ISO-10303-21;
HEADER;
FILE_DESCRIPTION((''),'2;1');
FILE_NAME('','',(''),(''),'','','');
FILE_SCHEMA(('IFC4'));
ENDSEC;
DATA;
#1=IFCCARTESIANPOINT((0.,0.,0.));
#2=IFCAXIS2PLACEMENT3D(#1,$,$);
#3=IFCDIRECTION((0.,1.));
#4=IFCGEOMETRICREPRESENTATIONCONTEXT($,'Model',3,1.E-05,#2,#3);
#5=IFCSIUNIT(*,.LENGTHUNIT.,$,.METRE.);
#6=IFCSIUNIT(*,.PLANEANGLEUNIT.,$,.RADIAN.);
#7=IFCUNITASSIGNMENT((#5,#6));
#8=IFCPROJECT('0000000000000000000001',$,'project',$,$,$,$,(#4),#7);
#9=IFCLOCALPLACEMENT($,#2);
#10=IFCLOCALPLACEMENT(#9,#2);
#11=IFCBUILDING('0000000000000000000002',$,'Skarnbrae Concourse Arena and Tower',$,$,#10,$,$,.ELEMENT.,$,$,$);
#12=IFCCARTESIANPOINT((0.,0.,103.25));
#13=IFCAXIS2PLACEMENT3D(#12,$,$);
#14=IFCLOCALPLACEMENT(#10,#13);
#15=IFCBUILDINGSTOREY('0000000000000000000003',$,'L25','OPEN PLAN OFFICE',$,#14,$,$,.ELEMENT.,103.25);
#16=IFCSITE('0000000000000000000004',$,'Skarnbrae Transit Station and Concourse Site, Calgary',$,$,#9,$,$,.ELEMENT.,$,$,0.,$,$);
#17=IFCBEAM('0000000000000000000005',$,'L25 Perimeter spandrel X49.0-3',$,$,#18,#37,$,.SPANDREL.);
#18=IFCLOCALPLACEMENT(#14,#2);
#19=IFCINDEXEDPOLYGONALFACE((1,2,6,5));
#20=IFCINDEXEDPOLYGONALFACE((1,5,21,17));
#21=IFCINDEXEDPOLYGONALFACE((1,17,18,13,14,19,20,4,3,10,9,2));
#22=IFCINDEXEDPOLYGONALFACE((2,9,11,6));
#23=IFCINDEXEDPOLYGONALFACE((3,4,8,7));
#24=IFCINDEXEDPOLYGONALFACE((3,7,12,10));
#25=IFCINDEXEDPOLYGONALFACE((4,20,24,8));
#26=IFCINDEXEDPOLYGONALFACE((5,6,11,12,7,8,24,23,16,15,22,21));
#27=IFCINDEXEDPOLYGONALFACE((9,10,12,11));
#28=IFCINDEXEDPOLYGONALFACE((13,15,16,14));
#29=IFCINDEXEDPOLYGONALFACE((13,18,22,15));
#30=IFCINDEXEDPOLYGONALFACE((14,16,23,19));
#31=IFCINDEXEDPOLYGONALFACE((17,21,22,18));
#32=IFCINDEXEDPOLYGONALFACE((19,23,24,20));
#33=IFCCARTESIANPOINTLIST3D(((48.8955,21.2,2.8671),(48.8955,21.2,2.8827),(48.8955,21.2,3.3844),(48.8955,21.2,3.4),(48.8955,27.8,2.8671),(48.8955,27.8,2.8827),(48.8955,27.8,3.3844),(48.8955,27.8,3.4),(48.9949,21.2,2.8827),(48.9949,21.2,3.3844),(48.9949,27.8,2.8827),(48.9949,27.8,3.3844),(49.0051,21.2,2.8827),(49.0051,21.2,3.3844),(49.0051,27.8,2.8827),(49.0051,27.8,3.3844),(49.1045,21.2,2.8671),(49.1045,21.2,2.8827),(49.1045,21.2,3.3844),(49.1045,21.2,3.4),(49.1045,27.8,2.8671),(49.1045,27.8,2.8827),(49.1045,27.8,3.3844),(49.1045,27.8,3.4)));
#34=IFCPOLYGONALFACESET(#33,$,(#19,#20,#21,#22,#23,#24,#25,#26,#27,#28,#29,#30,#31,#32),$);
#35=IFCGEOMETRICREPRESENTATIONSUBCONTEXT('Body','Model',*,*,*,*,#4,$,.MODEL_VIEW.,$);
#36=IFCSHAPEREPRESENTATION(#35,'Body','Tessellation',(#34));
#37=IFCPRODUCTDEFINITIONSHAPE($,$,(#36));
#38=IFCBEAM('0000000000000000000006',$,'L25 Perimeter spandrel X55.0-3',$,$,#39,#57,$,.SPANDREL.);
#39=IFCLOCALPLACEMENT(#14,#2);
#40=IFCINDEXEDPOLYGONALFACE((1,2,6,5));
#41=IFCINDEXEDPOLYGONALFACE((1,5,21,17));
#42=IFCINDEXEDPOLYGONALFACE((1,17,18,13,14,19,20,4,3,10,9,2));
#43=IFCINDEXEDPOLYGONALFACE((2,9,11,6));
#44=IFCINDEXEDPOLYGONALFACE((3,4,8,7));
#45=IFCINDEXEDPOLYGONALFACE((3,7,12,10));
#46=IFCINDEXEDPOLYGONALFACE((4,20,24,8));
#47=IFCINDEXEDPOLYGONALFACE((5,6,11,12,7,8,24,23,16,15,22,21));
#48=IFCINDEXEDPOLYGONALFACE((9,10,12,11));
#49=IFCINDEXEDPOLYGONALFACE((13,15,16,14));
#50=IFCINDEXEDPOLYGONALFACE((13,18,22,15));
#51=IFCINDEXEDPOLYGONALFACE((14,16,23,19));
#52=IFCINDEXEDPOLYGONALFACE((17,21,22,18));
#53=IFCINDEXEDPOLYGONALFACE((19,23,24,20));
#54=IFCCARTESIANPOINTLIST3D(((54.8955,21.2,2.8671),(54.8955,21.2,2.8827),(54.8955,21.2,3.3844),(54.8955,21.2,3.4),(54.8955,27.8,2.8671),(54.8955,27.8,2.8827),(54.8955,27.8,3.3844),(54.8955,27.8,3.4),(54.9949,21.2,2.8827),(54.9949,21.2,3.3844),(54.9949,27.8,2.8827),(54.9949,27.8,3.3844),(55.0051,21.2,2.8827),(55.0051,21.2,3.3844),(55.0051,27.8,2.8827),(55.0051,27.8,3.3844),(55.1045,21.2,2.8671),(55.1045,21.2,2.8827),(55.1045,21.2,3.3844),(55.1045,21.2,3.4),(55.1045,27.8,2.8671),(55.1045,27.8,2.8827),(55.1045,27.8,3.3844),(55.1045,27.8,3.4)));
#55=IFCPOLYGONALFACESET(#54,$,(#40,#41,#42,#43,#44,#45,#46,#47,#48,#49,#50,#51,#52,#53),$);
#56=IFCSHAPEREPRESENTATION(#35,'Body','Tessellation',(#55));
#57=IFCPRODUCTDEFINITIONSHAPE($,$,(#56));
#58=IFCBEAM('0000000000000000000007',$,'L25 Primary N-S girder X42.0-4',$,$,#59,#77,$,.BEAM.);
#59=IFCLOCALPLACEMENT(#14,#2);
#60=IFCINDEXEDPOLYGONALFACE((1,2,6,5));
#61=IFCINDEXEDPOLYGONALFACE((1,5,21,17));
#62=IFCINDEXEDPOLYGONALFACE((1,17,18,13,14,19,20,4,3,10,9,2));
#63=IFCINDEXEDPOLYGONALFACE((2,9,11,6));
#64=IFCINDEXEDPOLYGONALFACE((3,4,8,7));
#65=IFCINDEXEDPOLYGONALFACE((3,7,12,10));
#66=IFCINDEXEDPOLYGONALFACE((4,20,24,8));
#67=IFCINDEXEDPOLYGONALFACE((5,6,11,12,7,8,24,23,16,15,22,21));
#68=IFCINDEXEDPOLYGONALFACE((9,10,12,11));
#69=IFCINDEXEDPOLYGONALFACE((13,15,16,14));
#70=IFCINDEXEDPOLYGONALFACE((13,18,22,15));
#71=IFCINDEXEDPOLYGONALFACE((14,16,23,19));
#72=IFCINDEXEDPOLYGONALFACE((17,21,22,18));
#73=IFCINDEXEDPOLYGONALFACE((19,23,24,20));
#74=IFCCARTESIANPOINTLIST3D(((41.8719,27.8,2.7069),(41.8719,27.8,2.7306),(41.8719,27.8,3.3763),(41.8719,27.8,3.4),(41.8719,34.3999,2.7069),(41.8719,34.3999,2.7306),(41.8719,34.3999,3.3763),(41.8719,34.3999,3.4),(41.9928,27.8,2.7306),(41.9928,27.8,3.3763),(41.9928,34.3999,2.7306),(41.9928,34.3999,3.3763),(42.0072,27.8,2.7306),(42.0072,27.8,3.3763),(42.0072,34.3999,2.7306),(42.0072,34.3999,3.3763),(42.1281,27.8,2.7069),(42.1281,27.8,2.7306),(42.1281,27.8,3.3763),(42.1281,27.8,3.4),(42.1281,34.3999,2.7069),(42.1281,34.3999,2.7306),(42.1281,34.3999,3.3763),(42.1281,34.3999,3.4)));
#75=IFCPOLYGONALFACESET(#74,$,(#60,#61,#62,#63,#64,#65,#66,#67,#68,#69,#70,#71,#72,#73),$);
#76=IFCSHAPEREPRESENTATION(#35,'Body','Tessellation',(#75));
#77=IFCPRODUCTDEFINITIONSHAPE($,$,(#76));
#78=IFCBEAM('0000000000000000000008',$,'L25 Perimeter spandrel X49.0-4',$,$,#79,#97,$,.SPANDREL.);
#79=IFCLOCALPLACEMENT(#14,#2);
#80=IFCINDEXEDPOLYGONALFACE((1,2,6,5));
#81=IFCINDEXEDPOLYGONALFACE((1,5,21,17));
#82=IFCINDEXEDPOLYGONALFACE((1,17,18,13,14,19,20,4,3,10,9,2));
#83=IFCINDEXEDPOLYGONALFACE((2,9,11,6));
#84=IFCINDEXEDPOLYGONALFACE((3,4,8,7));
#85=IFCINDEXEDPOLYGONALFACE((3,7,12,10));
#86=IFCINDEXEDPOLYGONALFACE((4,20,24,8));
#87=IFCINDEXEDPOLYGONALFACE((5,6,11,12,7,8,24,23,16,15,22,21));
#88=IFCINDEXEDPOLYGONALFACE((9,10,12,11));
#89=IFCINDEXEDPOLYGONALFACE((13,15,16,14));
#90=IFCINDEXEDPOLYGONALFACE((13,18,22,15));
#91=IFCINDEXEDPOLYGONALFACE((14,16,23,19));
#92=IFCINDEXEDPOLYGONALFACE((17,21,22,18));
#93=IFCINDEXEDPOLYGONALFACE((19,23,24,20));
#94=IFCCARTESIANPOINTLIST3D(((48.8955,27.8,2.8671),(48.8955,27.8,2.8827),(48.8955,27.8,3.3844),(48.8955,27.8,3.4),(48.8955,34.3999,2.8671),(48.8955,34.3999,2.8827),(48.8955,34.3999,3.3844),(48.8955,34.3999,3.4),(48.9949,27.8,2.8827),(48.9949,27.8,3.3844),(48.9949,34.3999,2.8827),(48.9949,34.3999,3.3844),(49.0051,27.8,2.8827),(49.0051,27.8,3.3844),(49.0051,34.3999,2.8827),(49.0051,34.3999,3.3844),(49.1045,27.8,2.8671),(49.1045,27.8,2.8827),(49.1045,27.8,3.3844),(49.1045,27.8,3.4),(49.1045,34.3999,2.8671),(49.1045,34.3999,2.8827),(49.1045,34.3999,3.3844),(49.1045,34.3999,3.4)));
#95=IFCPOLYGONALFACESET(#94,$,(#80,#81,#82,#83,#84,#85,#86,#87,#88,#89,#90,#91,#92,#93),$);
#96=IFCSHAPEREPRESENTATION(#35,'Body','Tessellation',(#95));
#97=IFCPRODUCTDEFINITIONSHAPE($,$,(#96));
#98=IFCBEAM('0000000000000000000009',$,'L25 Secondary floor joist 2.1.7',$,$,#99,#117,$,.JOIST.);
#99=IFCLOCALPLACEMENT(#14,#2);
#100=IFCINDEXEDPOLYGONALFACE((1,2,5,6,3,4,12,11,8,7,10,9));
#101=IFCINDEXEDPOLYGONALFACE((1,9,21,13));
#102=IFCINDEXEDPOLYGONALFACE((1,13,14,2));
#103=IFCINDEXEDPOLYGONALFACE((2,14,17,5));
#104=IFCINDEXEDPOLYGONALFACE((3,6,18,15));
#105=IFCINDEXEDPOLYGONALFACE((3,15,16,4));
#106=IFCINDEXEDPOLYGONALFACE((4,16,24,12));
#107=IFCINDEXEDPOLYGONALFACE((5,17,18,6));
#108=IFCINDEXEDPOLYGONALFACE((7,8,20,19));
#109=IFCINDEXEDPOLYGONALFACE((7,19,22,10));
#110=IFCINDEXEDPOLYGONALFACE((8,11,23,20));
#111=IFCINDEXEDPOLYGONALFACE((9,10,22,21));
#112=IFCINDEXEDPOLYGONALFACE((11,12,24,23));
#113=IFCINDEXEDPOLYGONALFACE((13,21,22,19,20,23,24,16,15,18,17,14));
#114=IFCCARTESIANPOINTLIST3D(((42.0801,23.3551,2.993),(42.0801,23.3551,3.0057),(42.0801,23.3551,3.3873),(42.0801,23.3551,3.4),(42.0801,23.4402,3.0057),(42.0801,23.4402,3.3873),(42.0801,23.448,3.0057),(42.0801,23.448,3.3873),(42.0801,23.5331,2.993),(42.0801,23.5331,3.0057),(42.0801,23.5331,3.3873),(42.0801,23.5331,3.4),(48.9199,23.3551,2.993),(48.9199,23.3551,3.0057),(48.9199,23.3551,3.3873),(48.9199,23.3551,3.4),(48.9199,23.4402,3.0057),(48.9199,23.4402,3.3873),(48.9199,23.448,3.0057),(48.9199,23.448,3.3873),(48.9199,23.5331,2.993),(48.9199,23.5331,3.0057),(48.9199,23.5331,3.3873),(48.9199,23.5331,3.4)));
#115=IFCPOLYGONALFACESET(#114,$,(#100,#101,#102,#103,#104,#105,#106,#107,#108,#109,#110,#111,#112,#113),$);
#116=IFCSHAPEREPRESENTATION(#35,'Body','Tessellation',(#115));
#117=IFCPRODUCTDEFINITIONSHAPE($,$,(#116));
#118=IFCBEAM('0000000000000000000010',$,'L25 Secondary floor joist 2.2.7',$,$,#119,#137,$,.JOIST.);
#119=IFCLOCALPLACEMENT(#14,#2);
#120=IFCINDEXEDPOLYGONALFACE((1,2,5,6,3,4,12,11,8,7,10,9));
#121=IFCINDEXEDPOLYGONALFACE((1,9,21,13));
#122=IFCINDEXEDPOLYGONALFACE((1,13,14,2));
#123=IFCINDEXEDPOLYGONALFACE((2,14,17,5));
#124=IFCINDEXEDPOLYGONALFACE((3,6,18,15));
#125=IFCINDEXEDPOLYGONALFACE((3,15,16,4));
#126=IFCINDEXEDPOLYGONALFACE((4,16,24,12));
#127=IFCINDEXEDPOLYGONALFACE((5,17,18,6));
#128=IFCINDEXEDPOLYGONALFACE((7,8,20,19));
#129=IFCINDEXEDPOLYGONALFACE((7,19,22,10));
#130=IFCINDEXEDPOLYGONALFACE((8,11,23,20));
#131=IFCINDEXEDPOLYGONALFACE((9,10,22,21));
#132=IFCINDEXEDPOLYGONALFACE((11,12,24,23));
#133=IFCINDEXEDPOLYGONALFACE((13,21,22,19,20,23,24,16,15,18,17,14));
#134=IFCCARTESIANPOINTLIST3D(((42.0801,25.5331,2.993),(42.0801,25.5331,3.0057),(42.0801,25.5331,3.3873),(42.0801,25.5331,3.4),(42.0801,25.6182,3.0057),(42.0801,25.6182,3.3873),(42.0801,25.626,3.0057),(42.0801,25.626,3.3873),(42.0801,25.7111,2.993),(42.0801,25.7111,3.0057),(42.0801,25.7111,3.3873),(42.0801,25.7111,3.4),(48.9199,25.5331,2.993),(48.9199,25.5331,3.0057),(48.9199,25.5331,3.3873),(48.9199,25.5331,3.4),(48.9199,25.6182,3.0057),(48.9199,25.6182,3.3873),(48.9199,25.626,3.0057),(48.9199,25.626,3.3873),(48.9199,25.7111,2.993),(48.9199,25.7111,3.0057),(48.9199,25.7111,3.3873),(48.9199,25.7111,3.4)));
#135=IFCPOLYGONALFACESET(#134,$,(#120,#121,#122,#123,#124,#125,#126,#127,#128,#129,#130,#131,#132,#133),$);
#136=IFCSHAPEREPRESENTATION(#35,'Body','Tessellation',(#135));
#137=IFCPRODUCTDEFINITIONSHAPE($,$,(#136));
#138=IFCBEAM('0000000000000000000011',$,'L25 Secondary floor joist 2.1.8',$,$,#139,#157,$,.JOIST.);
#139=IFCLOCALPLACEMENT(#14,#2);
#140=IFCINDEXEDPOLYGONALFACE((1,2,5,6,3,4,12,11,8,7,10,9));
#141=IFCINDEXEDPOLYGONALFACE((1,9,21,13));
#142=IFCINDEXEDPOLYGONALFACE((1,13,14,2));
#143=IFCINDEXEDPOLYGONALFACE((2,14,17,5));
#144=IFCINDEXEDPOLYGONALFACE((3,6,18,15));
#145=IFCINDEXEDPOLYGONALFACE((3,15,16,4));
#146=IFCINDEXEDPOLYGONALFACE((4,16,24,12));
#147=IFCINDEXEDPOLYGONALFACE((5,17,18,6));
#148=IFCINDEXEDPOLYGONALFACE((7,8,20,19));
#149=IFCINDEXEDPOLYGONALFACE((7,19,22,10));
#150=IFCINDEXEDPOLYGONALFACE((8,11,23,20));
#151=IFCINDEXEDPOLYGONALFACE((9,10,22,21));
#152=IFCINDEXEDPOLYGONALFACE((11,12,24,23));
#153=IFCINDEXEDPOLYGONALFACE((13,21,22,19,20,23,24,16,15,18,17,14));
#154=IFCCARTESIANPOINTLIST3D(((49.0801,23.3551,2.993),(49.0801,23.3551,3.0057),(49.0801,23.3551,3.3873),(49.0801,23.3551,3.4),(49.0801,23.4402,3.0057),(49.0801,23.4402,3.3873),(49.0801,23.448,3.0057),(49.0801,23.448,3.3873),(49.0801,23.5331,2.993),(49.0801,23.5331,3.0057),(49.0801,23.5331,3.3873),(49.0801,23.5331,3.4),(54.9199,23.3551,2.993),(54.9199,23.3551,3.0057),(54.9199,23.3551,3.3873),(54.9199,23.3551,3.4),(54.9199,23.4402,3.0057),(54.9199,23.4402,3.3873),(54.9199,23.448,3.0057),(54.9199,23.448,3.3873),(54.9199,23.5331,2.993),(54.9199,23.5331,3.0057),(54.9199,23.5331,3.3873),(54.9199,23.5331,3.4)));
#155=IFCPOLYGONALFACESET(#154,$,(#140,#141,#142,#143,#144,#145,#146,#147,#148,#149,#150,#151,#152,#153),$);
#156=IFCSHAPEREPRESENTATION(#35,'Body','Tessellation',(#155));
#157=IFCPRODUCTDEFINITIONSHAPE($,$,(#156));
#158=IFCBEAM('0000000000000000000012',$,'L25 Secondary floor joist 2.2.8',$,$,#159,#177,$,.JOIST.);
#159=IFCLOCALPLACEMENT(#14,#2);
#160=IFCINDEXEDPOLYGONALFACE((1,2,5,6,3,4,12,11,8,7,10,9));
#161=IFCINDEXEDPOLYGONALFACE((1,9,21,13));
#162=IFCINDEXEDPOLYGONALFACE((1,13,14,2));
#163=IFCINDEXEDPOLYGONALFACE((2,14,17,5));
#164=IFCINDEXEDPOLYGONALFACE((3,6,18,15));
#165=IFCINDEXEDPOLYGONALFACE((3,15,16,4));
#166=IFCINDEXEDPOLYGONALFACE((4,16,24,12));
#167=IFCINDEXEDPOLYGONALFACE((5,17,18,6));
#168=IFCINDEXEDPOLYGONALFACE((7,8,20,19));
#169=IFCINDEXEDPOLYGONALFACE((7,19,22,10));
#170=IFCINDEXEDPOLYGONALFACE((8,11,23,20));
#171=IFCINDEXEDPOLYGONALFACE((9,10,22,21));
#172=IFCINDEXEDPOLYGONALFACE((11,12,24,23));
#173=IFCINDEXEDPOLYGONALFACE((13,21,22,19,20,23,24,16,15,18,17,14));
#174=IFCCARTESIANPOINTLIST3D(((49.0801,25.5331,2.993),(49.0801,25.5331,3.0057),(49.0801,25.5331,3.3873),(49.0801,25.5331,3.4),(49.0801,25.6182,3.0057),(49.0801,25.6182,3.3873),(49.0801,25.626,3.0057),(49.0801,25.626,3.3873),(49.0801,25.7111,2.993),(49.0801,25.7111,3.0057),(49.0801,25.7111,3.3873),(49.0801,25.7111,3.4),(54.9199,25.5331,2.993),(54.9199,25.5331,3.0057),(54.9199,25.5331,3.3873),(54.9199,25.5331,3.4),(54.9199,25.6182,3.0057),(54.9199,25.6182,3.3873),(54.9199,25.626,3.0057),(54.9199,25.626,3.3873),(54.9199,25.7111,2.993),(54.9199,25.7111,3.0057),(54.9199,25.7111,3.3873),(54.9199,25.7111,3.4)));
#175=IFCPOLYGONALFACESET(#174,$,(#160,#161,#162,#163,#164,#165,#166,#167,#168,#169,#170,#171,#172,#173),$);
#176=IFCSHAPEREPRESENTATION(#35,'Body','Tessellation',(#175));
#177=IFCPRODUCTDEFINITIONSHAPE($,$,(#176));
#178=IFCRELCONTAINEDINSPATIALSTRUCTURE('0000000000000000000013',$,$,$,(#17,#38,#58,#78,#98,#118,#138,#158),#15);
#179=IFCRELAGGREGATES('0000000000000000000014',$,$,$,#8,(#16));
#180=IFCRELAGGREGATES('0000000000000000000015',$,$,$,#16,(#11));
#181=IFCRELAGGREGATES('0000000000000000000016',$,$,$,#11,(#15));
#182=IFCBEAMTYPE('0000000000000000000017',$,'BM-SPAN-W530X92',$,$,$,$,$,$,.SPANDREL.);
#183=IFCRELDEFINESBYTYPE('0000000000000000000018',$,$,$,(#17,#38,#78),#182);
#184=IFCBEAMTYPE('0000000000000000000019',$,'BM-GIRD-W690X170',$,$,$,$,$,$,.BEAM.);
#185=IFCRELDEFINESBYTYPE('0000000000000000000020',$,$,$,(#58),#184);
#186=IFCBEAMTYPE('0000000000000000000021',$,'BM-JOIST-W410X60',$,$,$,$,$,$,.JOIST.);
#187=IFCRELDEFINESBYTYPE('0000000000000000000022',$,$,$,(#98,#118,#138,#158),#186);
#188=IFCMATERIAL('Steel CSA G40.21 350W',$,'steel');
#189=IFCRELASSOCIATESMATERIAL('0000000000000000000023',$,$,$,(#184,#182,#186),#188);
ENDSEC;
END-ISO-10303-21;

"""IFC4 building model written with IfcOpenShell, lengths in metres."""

from ifc_helpers import new_model, si_unit, direction, frame, origin, origin_2d, place, context, subcontext, project, spatial, i_section, extrude, source, transform, mapped, material, material_profile, profile_set, type_object, element, save


model = new_model("IFC4")

# Units and contexts
model_context = context("Model", 3, precision=1e-05, world=origin(), true_north=direction((0.0, 1.0)))
body_context = subcontext(model_context, "Body", "Model", "MODEL_VIEW")
ifc_project = project(units=[si_unit("LENGTHUNIT", "METRE"), si_unit("PLANEANGLEUNIT", "RADIAN")], contexts=[model_context])

# Site, building, storey
site_placement = place(None, origin())
site = spatial("IfcSite", under=ifc_project, at=site_placement, Name="Skarnbrae Transit Station and Concourse Site, Calgary", CompositionType="ELEMENT", RefElevation=0.0)
building_placement = place(site_placement, origin())
building = spatial("IfcBuilding", under=site, at=building_placement, Name="Skarnbrae Concourse Arena and Tower", CompositionType="ELEMENT")
storey_placement = place(building_placement, frame((0.0, 0.0, 103.25)))
storey = spatial("IfcBuildingStorey", under=building, at=storey_placement, Name="L25", Description="OPEN PLAN OFFICE", CompositionType="ELEMENT", Elevation=103.25)

# Shared definitions
ifc_material_1 = material(Name="Steel CSA G40.21 350W", Category="steel")

# Beams
ifc_material_profile_1 = material_profile(ifc_material_1, i_section(OverallWidth=0.2561, OverallDepth=0.6931, WebThickness=0.0144, FlangeThickness=0.0237, at=origin_2d()), Name="W690X170")
ifc_profile_set_1 = profile_set([ifc_material_profile_1], Name="Steel CSA G40.21 350W")
beam_type_1 = type_object("IfcBeamType", Name="BM-GIRD-W690X170", PredefinedType="BEAM", material=ifc_profile_set_1)
ifc_material_profile_2 = material_profile(ifc_material_1, i_section(OverallWidth=0.209, OverallDepth=0.533, WebThickness=0.0103, FlangeThickness=0.0156, at=origin_2d()), Name="W530X92")
ifc_profile_set_2 = profile_set([ifc_material_profile_2], Name="Steel CSA G40.21 350W")
beam_type_2 = type_object("IfcBeamType", Name="BM-SPAN-W530X92", PredefinedType="SPANDREL", material=ifc_profile_set_2)
shared_shape_1 = source(origin(), body_context, "Body", "SweptSolid", [
    extrude(i_section(OverallWidth=0.209, OverallDepth=0.533, WebThickness=0.0103, FlangeThickness=0.0156, at=origin_2d()), origin(), (0.0, 0.0, 1.0), 6.6001),
])
for number, where, z_axis, x_axis, name in (
    (1, (49.0, 21.2, 3.1335), (0.0, 1.0, 0.0), (-1.0, 0.0, 0.0), "L25 Perimeter spandrel X49.0-3"),
    (2, (55.0, 21.2, 3.1335), (0.0, 1.0, 0.0), (-1.0, 0.0, 0.0), "L25 Perimeter spandrel X55.0-3"),
):
    element("IfcBeam", number, at=place(storey_placement, frame(where, z_axis=z_axis, x_axis=x_axis)), inside=storey, type_object=beam_type_2, Name=name, PredefinedType="SPANDREL", context=body_context, shape_type="MappedRepresentation", body=[
        mapped(shared_shape_1, transform((0.0, 0.0, 0.0))),
    ])
shared_shape_2 = source(origin(), body_context, "Body", "SweptSolid", [
    extrude(i_section(OverallWidth=0.2561, OverallDepth=0.6931, WebThickness=0.0144, FlangeThickness=0.0237, at=origin_2d()), origin(), (0.0, 0.0, 1.0), 6.5999),
])
beam_1_placement = place(storey_placement, frame((42.0, 27.8, 3.0535), z_axis=(0.0, 1.0, 0.0), x_axis=(-1.0, 0.0, 0.0)))
element("IfcBeam", 3, at=beam_1_placement, inside=storey, type_object=beam_type_1, Name="L25 Primary N-S girder X42.0-4", PredefinedType="BEAM", context=body_context, shape_type="MappedRepresentation", body=[
    mapped(shared_shape_2, transform((0.0, 0.0, 0.0))),
])
shared_shape_3 = source(origin(), body_context, "Body", "SweptSolid", [
    extrude(i_section(OverallWidth=0.209, OverallDepth=0.533, WebThickness=0.0103, FlangeThickness=0.0156, at=origin_2d()), origin(), (0.0, 0.0, 1.0), 6.5999),
])
beam_2_placement = place(storey_placement, frame((49.0, 27.8, 3.1335), z_axis=(0.0, 1.0, 0.0), x_axis=(-1.0, 0.0, 0.0)))
element("IfcBeam", 4, at=beam_2_placement, inside=storey, type_object=beam_type_2, Name="L25 Perimeter spandrel X49.0-4", PredefinedType="SPANDREL", context=body_context, shape_type="MappedRepresentation", body=[
    mapped(shared_shape_3, transform((0.0, 0.0, 0.0))),
])
ifc_material_profile_3 = material_profile(ifc_material_1, i_section(OverallWidth=0.178, OverallDepth=0.407, WebThickness=0.0078, FlangeThickness=0.0127, at=origin_2d()), Name="W410X60")
ifc_profile_set_3 = profile_set([ifc_material_profile_3], Name="Steel CSA G40.21 350W")
beam_type_3 = type_object("IfcBeamType", Name="BM-JOIST-W410X60", PredefinedType="JOIST", material=ifc_profile_set_3)
shared_shape_4 = source(origin(), body_context, "Body", "SweptSolid", [
    extrude(i_section(OverallWidth=0.178, OverallDepth=0.407, WebThickness=0.0078, FlangeThickness=0.0127, at=origin_2d()), origin(), (0.0, 0.0, 1.0), 6.8398),
])
for number, where, z_axis, x_axis, name in (
    (5, (42.0801, 23.4441, 3.1965), (1.0, 0.0, 0.0), (0.0, 1.0, 0.0), "L25 Secondary floor joist 2.1.7"),
    (6, (42.0801, 25.6221, 3.1965), (1.0, 0.0, 0.0), (0.0, 1.0, 0.0), "L25 Secondary floor joist 2.2.7"),
):
    element("IfcBeam", number, at=place(storey_placement, frame(where, z_axis=z_axis, x_axis=x_axis)), inside=storey, type_object=beam_type_3, Name=name, PredefinedType="JOIST", context=body_context, shape_type="MappedRepresentation", body=[
        mapped(shared_shape_4, transform((0.0, 0.0, 0.0))),
    ])
shared_shape_5 = source(origin(), body_context, "Body", "SweptSolid", [
    extrude(i_section(OverallWidth=0.178, OverallDepth=0.407, WebThickness=0.0078, FlangeThickness=0.0127, at=origin_2d()), origin(), (0.0, 0.0, 1.0), 5.8398),
])
for number, where, z_axis, x_axis, name in (
    (7, (49.0801, 23.4441, 3.1965), (1.0, 0.0, 0.0), (0.0, 1.0, 0.0), "L25 Secondary floor joist 2.1.8"),
    (8, (49.0801, 25.6221, 3.1965), (1.0, 0.0, 0.0), (0.0, 1.0, 0.0), "L25 Secondary floor joist 2.2.8"),
):
    element("IfcBeam", number, at=place(storey_placement, frame(where, z_axis=z_axis, x_axis=x_axis)), inside=storey, type_object=beam_type_3, Name=name, PredefinedType="JOIST", context=body_context, shape_type="MappedRepresentation", body=[
        mapped(shared_shape_5, transform((0.0, 0.0, 0.0))),
    ])

save(model, "model.ifc")
